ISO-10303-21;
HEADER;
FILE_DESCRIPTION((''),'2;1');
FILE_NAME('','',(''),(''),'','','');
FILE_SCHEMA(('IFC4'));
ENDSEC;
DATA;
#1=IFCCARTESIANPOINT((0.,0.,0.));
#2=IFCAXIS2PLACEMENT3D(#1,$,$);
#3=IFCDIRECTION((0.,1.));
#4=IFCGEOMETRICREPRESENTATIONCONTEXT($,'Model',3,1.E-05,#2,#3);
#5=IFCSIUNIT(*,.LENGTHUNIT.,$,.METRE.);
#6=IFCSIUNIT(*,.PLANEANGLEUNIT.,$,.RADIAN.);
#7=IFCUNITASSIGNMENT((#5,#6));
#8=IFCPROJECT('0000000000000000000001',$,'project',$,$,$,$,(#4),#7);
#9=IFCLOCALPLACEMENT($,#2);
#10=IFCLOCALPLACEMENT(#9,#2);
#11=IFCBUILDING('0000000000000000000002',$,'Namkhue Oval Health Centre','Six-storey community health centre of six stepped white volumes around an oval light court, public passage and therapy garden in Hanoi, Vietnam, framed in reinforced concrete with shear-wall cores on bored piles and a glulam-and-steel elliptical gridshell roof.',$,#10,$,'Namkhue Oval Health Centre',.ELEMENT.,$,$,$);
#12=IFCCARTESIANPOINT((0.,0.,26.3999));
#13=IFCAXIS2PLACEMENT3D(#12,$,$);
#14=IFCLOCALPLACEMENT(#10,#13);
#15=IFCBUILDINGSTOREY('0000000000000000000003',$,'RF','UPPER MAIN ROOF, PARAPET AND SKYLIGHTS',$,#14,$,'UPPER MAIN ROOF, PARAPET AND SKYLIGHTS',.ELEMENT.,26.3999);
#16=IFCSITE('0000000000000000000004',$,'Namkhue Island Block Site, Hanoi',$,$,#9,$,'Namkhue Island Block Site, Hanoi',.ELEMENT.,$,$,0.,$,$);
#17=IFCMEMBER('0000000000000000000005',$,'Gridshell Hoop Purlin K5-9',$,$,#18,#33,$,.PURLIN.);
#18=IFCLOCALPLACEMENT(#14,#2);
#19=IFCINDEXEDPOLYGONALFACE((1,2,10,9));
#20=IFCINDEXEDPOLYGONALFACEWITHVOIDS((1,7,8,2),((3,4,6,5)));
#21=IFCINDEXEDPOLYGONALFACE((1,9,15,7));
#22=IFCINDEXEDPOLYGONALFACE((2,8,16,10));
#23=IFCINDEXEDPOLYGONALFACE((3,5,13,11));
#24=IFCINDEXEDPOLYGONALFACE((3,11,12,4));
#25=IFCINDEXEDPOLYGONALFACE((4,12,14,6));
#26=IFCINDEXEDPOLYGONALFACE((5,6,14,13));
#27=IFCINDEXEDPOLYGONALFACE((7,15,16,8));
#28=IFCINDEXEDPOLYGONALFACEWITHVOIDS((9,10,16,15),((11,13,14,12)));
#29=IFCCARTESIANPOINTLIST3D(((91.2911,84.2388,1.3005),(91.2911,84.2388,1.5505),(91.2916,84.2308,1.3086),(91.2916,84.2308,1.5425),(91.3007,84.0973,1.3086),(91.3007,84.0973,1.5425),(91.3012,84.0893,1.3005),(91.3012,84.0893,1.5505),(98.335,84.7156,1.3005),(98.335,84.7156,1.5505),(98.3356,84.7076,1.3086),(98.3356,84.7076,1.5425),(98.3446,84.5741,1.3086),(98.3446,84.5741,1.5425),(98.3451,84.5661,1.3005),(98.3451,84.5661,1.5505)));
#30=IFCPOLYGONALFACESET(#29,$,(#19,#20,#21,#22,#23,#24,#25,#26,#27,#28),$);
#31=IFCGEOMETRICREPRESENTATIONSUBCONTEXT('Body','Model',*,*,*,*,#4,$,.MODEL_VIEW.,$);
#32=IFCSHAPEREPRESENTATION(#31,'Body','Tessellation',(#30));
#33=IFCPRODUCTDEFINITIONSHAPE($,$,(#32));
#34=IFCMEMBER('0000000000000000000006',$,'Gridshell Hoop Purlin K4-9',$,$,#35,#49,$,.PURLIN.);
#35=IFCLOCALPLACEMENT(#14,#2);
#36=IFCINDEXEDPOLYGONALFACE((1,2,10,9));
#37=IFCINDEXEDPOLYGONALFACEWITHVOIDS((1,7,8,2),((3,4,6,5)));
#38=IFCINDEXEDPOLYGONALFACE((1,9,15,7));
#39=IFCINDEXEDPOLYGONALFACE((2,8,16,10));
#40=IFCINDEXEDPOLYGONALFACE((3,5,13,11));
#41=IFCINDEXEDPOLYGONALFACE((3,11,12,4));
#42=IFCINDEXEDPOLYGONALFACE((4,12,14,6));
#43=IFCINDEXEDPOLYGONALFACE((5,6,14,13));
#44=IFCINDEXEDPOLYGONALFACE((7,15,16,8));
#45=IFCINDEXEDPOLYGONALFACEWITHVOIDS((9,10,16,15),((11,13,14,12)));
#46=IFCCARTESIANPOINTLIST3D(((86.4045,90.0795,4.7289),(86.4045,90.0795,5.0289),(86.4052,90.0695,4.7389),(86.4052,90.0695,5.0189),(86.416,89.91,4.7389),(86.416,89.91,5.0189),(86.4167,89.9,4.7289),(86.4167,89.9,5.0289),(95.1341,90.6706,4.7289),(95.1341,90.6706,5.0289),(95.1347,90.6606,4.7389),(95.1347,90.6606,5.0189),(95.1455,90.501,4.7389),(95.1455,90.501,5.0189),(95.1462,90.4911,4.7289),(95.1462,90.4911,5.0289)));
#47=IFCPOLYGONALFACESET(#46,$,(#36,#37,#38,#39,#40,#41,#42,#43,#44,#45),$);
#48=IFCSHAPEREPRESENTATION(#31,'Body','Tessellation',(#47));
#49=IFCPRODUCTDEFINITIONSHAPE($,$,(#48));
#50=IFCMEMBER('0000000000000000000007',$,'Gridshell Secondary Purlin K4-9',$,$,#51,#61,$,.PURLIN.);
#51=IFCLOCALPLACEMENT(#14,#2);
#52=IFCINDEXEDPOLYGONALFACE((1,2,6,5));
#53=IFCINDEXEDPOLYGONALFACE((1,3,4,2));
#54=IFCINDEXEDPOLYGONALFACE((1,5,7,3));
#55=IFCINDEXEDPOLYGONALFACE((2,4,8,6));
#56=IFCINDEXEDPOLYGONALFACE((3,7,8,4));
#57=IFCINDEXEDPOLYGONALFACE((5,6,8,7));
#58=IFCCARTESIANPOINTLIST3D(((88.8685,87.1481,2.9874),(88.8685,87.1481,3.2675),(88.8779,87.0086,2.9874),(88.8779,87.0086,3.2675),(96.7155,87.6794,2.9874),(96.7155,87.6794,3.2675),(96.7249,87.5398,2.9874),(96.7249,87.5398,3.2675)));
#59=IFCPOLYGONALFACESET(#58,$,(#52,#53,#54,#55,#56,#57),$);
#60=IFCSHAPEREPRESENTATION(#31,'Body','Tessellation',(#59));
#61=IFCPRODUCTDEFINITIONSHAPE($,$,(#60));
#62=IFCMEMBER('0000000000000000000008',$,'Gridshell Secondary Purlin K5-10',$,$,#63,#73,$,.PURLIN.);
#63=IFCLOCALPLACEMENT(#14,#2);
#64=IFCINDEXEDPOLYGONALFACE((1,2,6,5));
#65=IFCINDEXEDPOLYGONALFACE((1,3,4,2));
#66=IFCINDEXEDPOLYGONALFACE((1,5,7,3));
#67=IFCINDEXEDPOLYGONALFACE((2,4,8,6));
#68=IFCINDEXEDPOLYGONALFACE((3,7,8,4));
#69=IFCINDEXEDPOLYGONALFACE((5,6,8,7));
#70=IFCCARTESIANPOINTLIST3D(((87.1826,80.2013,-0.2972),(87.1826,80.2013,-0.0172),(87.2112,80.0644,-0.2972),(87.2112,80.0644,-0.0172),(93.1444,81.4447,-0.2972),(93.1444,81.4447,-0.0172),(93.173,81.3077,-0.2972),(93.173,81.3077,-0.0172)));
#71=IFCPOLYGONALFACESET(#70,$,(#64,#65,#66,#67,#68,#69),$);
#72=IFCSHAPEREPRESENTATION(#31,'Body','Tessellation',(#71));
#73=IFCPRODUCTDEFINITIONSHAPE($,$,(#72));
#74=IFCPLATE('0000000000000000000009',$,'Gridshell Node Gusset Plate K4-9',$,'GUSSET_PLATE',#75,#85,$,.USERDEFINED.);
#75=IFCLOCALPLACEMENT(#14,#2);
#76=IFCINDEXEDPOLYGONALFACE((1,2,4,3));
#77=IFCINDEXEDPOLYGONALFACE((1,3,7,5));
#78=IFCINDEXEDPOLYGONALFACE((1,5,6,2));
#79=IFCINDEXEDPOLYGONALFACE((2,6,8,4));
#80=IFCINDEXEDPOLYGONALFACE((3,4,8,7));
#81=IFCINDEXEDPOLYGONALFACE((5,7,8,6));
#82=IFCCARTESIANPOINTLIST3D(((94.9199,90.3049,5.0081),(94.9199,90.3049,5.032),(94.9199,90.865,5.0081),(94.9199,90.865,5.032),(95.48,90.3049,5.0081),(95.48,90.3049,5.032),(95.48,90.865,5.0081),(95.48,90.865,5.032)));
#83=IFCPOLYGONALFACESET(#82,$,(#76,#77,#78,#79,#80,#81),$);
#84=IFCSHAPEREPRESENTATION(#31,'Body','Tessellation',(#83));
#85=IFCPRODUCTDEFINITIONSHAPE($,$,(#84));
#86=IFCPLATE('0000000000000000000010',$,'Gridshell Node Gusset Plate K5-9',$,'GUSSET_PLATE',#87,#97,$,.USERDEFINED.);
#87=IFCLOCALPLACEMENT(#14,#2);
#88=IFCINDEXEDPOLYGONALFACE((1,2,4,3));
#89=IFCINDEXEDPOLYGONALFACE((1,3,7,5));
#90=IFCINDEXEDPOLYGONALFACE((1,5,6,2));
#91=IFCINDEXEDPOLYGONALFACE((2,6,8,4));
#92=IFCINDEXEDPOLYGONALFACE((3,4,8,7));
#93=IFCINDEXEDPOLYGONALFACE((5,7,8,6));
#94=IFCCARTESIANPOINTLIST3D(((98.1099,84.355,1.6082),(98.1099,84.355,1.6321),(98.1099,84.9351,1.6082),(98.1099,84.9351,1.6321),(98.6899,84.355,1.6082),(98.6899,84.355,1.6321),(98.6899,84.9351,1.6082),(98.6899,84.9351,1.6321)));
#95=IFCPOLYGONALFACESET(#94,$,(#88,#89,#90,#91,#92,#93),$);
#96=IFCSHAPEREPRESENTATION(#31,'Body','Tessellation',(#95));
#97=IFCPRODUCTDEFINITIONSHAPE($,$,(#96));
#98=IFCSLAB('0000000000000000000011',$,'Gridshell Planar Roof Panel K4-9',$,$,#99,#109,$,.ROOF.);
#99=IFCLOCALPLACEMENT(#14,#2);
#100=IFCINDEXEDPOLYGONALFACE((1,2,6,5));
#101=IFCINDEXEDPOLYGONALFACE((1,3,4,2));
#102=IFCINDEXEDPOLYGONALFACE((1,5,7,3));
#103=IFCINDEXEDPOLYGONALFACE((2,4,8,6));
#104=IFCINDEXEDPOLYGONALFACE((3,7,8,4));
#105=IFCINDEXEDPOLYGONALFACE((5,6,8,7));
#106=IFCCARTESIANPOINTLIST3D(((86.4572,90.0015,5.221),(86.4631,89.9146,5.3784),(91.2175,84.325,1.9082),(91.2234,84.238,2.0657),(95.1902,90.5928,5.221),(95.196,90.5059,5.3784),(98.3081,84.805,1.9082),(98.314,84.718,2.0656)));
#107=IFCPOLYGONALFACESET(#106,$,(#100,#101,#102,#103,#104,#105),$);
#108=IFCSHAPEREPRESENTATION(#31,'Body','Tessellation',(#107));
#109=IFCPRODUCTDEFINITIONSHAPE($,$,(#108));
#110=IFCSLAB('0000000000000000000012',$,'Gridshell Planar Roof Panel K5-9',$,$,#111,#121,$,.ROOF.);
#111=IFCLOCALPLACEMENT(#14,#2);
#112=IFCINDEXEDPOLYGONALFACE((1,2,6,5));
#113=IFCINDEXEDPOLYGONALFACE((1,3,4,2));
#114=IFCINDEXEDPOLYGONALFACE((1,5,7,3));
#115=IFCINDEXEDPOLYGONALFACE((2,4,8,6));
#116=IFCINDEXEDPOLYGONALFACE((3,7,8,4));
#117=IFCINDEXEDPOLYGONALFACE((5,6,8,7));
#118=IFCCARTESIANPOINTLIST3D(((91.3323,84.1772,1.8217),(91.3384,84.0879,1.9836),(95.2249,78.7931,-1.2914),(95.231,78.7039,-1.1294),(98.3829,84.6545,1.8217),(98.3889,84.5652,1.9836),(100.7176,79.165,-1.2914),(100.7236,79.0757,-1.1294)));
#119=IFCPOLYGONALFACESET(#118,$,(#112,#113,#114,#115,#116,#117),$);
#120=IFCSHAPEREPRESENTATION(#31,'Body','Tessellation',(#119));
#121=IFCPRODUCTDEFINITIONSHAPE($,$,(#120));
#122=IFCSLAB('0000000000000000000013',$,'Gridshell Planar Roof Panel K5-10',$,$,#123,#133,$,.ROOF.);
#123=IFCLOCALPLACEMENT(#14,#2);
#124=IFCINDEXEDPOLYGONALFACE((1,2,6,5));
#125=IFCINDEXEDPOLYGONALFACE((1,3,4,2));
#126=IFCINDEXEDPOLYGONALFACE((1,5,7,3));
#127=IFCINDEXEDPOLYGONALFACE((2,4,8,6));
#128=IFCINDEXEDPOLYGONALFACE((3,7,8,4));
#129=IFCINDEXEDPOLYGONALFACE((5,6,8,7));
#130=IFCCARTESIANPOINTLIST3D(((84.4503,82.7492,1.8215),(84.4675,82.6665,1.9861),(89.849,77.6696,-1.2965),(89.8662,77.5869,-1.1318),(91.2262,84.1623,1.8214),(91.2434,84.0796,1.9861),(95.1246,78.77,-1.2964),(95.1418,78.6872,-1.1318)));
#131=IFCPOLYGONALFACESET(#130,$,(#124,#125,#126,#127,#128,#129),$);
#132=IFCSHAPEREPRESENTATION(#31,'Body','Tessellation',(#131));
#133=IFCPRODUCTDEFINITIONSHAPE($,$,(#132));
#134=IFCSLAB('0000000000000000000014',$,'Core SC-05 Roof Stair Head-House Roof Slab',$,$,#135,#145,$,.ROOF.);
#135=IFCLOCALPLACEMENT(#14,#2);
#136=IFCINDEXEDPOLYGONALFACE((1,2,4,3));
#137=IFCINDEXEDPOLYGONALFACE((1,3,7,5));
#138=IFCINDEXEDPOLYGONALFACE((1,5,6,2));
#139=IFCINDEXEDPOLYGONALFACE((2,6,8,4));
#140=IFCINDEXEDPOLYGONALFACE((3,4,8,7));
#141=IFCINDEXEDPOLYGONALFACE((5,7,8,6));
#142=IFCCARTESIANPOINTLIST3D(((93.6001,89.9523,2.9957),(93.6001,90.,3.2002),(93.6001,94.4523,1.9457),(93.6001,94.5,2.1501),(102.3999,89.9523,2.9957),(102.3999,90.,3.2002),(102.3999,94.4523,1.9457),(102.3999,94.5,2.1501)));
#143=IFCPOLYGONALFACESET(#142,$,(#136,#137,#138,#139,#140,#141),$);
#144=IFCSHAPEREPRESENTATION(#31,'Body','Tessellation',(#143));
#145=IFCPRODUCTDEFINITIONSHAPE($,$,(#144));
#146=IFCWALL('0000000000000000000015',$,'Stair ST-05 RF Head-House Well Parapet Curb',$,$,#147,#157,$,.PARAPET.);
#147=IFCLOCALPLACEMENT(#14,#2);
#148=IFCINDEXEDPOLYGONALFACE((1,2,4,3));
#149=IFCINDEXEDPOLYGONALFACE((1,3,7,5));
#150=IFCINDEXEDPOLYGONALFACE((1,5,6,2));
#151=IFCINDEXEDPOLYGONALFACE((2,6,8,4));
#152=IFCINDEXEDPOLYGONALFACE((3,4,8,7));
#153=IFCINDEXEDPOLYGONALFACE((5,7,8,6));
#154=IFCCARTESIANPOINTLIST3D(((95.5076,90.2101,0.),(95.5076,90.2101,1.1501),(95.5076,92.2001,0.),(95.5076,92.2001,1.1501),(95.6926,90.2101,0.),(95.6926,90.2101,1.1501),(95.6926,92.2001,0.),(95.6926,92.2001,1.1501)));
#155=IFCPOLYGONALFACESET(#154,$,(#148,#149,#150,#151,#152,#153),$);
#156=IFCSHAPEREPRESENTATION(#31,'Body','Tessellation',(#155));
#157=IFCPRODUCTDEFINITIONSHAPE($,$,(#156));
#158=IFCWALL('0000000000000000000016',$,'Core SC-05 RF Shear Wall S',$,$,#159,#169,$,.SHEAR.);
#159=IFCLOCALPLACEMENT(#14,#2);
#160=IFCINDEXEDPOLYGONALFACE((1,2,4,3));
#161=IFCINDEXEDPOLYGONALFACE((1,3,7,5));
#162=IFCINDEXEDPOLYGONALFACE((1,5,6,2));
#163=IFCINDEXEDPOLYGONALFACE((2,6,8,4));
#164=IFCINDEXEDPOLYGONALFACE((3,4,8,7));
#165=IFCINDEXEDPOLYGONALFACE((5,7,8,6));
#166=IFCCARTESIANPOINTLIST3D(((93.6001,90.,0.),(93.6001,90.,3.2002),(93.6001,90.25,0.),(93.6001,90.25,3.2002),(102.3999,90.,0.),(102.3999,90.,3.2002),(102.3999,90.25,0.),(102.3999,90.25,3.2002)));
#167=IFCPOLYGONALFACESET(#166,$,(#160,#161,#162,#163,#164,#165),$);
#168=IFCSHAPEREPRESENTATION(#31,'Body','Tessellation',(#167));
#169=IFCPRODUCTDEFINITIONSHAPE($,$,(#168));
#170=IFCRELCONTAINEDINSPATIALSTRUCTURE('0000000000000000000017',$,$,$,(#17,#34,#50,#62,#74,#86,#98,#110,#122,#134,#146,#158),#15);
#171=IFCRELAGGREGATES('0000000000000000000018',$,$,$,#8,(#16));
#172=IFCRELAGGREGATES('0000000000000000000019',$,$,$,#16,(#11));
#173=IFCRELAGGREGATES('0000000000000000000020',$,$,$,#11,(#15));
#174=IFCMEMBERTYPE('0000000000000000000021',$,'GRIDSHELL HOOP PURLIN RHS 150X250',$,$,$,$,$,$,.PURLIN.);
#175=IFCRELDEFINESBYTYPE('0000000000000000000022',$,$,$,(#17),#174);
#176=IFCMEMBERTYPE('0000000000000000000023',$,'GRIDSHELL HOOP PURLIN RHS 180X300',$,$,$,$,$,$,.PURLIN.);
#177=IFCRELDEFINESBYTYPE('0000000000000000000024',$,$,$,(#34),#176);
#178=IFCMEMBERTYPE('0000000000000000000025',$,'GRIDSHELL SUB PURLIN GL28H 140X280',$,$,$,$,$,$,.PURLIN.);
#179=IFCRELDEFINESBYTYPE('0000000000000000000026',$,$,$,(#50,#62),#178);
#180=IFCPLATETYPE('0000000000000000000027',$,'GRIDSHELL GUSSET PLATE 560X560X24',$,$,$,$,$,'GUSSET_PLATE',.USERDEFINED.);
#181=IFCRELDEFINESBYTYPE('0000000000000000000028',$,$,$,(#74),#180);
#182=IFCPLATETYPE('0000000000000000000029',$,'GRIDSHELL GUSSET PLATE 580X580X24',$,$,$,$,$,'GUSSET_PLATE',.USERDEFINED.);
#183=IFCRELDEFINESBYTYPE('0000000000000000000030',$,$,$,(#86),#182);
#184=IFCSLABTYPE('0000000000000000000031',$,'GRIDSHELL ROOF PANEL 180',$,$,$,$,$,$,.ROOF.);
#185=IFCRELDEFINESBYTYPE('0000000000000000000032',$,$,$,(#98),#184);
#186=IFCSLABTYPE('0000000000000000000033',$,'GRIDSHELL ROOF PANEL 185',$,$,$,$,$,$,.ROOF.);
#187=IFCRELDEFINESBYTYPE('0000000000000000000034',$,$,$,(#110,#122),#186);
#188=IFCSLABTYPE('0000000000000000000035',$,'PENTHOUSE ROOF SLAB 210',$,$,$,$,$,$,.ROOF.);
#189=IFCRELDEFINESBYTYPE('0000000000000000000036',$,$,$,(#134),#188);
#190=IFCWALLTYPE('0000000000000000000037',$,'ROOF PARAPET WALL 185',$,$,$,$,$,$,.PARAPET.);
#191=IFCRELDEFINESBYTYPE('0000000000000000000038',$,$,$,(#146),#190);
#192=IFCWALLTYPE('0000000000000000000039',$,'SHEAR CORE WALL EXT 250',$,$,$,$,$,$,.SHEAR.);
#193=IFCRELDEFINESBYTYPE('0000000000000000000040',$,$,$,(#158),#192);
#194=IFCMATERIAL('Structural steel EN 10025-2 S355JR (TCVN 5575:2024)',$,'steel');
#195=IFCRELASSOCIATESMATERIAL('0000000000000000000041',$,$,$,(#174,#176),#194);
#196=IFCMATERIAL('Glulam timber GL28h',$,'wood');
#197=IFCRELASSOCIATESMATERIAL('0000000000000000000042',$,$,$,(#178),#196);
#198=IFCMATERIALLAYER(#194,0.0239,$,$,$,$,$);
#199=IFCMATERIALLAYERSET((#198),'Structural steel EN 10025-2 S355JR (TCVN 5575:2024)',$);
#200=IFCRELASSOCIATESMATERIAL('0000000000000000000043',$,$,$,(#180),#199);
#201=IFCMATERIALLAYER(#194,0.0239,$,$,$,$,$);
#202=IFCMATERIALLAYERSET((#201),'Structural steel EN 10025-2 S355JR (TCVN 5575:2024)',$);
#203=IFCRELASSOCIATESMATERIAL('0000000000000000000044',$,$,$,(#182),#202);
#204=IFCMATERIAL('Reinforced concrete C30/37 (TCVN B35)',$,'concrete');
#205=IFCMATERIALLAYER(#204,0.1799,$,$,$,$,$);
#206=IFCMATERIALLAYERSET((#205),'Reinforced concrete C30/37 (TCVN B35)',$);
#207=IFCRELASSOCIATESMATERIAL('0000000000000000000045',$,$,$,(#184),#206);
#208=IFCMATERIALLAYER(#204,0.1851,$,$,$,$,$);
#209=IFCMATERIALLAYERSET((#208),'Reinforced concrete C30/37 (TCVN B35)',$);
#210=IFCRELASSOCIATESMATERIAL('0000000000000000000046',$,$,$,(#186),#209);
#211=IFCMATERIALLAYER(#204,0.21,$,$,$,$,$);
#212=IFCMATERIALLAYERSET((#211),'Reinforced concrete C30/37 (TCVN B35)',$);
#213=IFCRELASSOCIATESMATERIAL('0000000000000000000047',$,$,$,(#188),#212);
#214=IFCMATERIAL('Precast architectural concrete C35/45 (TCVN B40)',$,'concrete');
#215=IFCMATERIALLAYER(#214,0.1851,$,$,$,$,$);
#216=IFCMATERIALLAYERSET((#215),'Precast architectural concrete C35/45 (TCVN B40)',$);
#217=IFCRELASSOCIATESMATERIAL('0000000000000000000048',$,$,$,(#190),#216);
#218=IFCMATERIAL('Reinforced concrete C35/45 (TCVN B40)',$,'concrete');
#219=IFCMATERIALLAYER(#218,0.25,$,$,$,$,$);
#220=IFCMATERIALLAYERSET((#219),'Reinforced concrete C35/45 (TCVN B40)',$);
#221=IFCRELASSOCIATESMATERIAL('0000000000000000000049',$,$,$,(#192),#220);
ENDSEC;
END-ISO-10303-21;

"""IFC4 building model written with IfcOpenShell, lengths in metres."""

from ifc_helpers import new_model, si_unit, direction, frame, frame_2d, origin, origin_2d, place, context, subcontext, project, spatial, polyline, rectangle, hollow_rectangle, outline, extrude, material, layer, layer_set, material_profile, profile_set, type_object, element, save


model = new_model("IFC4")

# Units and contexts
model_context = context("Model", 3, precision=1e-05, world=origin(), true_north=direction((0.0, 1.0)))
body_context = subcontext(model_context, "Body", "Model", "MODEL_VIEW")
ifc_project = project(units=[si_unit("LENGTHUNIT", "METRE"), si_unit("PLANEANGLEUNIT", "RADIAN")], contexts=[model_context])

# Site, building, storey
site_placement = place(None, origin())
site = spatial("IfcSite", under=ifc_project, at=site_placement, Name="Namkhue Island Block Site, Hanoi", LongName="Namkhue Island Block Site, Hanoi", CompositionType="ELEMENT", RefElevation=0.0)
building_placement = place(site_placement, origin())
building = spatial("IfcBuilding", under=site, at=building_placement, Name="Namkhue Oval Health Centre", Description="Six-storey community health centre of six stepped white volumes around an oval light court, public passage and therapy garden in Hanoi, Vietnam, framed in reinforced concrete with shear-wall cores on bored piles and a glulam-and-steel elliptical gridshell roof.", LongName="Namkhue Oval Health Centre", CompositionType="ELEMENT")
storey_placement = place(building_placement, frame((0.0, 0.0, 26.3999)))
storey = spatial("IfcBuildingStorey", under=building, at=storey_placement, Name="RF", Description="UPPER MAIN ROOF, PARAPET AND SKYLIGHTS", LongName="UPPER MAIN ROOF, PARAPET AND SKYLIGHTS", CompositionType="ELEMENT", Elevation=26.3999)

# Members
ifc_material_1 = material(Name="Structural steel EN 10025-2 S355JR (TCVN 5575:2024)", Category="steel")
ifc_material_2 = material(Name="Glulam timber GL28h", Category="wood")
ifc_material_profile_1 = material_profile(ifc_material_1, hollow_rectangle(XDim=0.1499, YDim=0.25, WallThickness=0.0081, at=origin_2d()), Name="RHS 150x250x8")
ifc_profile_set_1 = profile_set([ifc_material_profile_1], Name="Structural steel EN 10025-2 S355JR (TCVN 5575:2024)")
member_type_1 = type_object("IfcMemberType", Name="GRIDSHELL HOOP PURLIN RHS 150X250", PredefinedType="PURLIN", material=ifc_profile_set_1)
member_1_placement = place(storey_placement, frame((98.3401, 84.6409, 1.4255), z_axis=(-0.997717, -0.067536, 0.0), x_axis=(0.067536, -0.997717, 0.0)))
element("IfcMember", 1, at=member_1_placement, inside=storey, type_object=member_type_1, Name="Gridshell Hoop Purlin K5-9", PredefinedType="PURLIN", context=body_context, shape_type="SweptSolid", body=[
    extrude(hollow_rectangle(XDim=0.1499, YDim=0.25, WallThickness=0.0081, at=origin_2d()), origin(), (0.0, 0.0, 1.0), 7.0601),
])
ifc_material_profile_2 = material_profile(ifc_material_1, hollow_rectangle(XDim=0.1799, YDim=0.3, WallThickness=0.01, at=origin_2d()), Name="RHS 180x300x10")
ifc_profile_set_2 = profile_set([ifc_material_profile_2], Name="Structural steel EN 10025-2 S355JR (TCVN 5575:2024)")
member_type_2 = type_object("IfcMemberType", Name="GRIDSHELL HOOP PURLIN RHS 180X300", PredefinedType="PURLIN", material=ifc_profile_set_2)
member_2_placement = place(storey_placement, frame((95.1401, 90.5808, 4.8789), z_axis=(-0.997716, -0.067554, 0.0), x_axis=(0.067554, -0.997716, 0.0)))
element("IfcMember", 2, at=member_2_placement, inside=storey, type_object=member_type_2, Name="Gridshell Hoop Purlin K4-9", PredefinedType="PURLIN", context=body_context, shape_type="SweptSolid", body=[
    extrude(hollow_rectangle(XDim=0.1799, YDim=0.3, WallThickness=0.01, at=origin_2d()), origin(), (0.0, 0.0, 1.0), 8.7495),
])
ifc_material_profile_3 = material_profile(ifc_material_2, rectangle(XDim=0.1399, YDim=0.28, at=origin_2d()), Name="GL28h 140x280")
ifc_profile_set_3 = profile_set([ifc_material_profile_3], Name="Glulam timber GL28h")
member_type_3 = type_object("IfcMemberType", Name="GRIDSHELL SUB PURLIN GL28H 140X280", PredefinedType="PURLIN", material=ifc_profile_set_3)
member_3_placement = place(storey_placement, frame((96.7202, 87.6096, 3.1274), z_axis=(-0.997716, -0.067547, 0.0), x_axis=(0.067547, -0.997716, 0.0)))
element("IfcMember", 3, at=member_3_placement, inside=storey, type_object=member_type_3, Name="Gridshell Secondary Purlin K4-9", PredefinedType="PURLIN", context=body_context, shape_type="SweptSolid", body=[
    extrude(rectangle(XDim=0.1399, YDim=0.28, at=origin_2d()), origin(), (0.0, 0.0, 1.0), 7.865),
])
member_4_placement = place(storey_placement, frame((93.1587, 81.3762, -0.1572), z_axis=(-0.978936, -0.204166, 0.0), x_axis=(0.204166, -0.978936, 0.0)))
element("IfcMember", 4, at=member_4_placement, inside=storey, type_object=member_type_3, Name="Gridshell Secondary Purlin K5-10", PredefinedType="PURLIN", context=body_context, shape_type="SweptSolid", body=[
    extrude(rectangle(XDim=0.1399, YDim=0.28, at=origin_2d()), origin(), (0.0, 0.0, 1.0), 6.0901),
])

# Plates
ifc_layer_1 = layer(ifc_material_1, 0.0239)
ifc_layer_set_1 = layer_set([ifc_layer_1], Name="Structural steel EN 10025-2 S355JR (TCVN 5575:2024)")
plate_type_1 = type_object("IfcPlateType", Name="GRIDSHELL GUSSET PLATE 560X560X24", ElementType="GUSSET_PLATE", PredefinedType="USERDEFINED", material=ifc_layer_set_1)
plate_1_placement = place(storey_placement, frame((95.2, 90.585, 5.0081), z_axis=(0.0, 0.0, 1.0), x_axis=(0.0, 1.0, 0.0)))
element("IfcPlate", 5, at=plate_1_placement, inside=storey, type_object=plate_type_1, Name="Gridshell Node Gusset Plate K4-9", ObjectType="GUSSET_PLATE", PredefinedType="USERDEFINED", context=body_context, shape_type="SweptSolid", body=[
    extrude(rectangle(XDim=0.5601, YDim=0.5601, at=origin_2d()), origin(), (0.0, 0.0, 1.0), 0.0239),
])
ifc_layer_2 = layer(ifc_material_1, 0.0239)
ifc_layer_set_2 = layer_set([ifc_layer_2], Name="Structural steel EN 10025-2 S355JR (TCVN 5575:2024)")
plate_type_2 = type_object("IfcPlateType", Name="GRIDSHELL GUSSET PLATE 580X580X24", ElementType="GUSSET_PLATE", PredefinedType="USERDEFINED", material=ifc_layer_set_2)
plate_2_placement = place(storey_placement, frame((98.3999, 84.645, 1.6082), z_axis=(0.0, 0.0, 1.0), x_axis=(0.0, 1.0, 0.0)))
element("IfcPlate", 6, at=plate_2_placement, inside=storey, type_object=plate_type_2, Name="Gridshell Node Gusset Plate K5-9", ObjectType="GUSSET_PLATE", PredefinedType="USERDEFINED", context=body_context, shape_type="SweptSolid", body=[
    extrude(rectangle(XDim=0.5801, YDim=0.5801, at=origin_2d()), origin(), (0.0, 0.0, 1.0), 0.0239),
])

# Slabs
ifc_material_3 = material(Name="Reinforced concrete C30/37 (TCVN B35)", Category="concrete")
ifc_layer_3 = layer(ifc_material_3, 0.1799)
ifc_layer_set_3 = layer_set([ifc_layer_3], Name="Reinforced concrete C30/37 (TCVN B35)")
slab_type_1 = type_object("IfcSlabType", Name="GRIDSHELL ROOF PANEL 180", PredefinedType="ROOF", material=ifc_layer_set_3)
slab_1_placement = place(storey_placement, frame((95.196, 90.5059, 5.3784), z_axis=(0.032711, -0.483157, 0.874922), x_axis=(-0.997716, -0.067554, -0.000003)))
element("IfcSlab", 7, at=slab_1_placement, inside=storey, type_object=slab_type_1, Name="Gridshell Planar Roof Panel K4-9", PredefinedType="ROOF", context=body_context, shape_type="SweptSolid", body=[
    extrude(outline(polyline([(0.0, 0.0), (8.7529, 0.0), (4.387, 6.8408), (-2.7198, 6.8409), (0.0, 0.0)])), origin(), (0.0, 0.0, -1.0), 0.1799),
])
ifc_layer_4 = layer(ifc_material_3, 0.1851)
ifc_layer_set_4 = layer_set([ifc_layer_4], Name="Reinforced concrete C30/37 (TCVN B35)")
slab_type_2 = type_object("IfcSlabType", Name="GRIDSHELL ROOF PANEL 185", PredefinedType="ROOF", material=ifc_layer_set_4)
slab_2_placement = place(storey_placement, frame((98.3889, 84.5652, 1.9836), z_axis=(0.032662, -0.482481, 0.875297), x_axis=(-0.997716, -0.067542, 0.0)))
element("IfcSlab", 8, at=slab_2_placement, inside=storey, type_object=slab_type_2, Name="Gridshell Planar Roof Panel K5-9", PredefinedType="ROOF", context=body_context, shape_type="SweptSolid", body=[
    extrude(outline(polyline([(0.0, 0.0), (7.0667, 0.0), (3.5466, 6.4374), (-1.9586, 6.4374), (0.0, 0.0)])), origin(), (0.0, 0.0, -1.0), 0.1851),
])
slab_3_placement = place(storey_placement, frame((91.2434, 84.0796, 1.9861), z_axis=(0.093227, -0.447008, 0.889659), x_axis=(-0.978938, -0.204156, 0.000004)))
element("IfcSlab", 9, at=slab_3_placement, inside=storey, type_object=slab_type_2, Name="Gridshell Planar Roof Panel K5-10", PredefinedType="ROOF", context=body_context, shape_type="SweptSolid", body=[
    extrude(outline(polyline([(0.0, 0.0), (6.9217, 0.0), (2.6737, 6.8282), (-2.7155, 6.8281), (0.0, 0.0)])), origin(), (0.0, 0.0, -1.0), 0.1851),
])
ifc_layer_5 = layer(ifc_material_3, 0.21)
ifc_layer_set_5 = layer_set([ifc_layer_5], Name="Reinforced concrete C30/37 (TCVN B35)")
slab_type_3 = type_object("IfcSlabType", Name="PENTHOUSE ROOF SLAB 210", PredefinedType="ROOF", material=ifc_layer_set_5)
slab_4_placement = place(storey_placement, frame((93.6001, 90.0, 3.2002), z_axis=(0.0, 0.22724, 0.973839), x_axis=(1.0, 0.0, 0.0)))
element("IfcSlab", 10, at=slab_4_placement, inside=storey, type_object=slab_type_3, Name="Core SC-05 Roof Stair Head-House Roof Slab", PredefinedType="ROOF", context=body_context, shape_type="SweptSolid", body=[
    extrude(outline(polyline([(0.0, 0.0), (8.7998, 0.0), (8.7998, 4.6209), (0.0, 4.6209), (0.0, 0.0)])), origin(), (0.0, 0.0, -1.0), 0.21),
])

# Walls
ifc_material_4 = material(Name="Precast architectural concrete C35/45 (TCVN B40)", Category="concrete")
ifc_layer_6 = layer(ifc_material_4, 0.1851)
ifc_layer_set_6 = layer_set([ifc_layer_6], Name="Precast architectural concrete C35/45 (TCVN B40)")
wall_type_1 = type_object("IfcWallType", Name="ROOF PARAPET WALL 185", PredefinedType="PARAPET", material=ifc_layer_set_6)
wall_1_placement = place(storey_placement, frame((95.6001, 90.21, 0.0), z_axis=(0.0, 0.0, 1.0), x_axis=(0.0, 1.0, 0.0)))
element("IfcWall", 11, at=wall_1_placement, inside=storey, type_object=wall_type_1, Name="Stair ST-05 RF Head-House Well Parapet Curb", PredefinedType="PARAPET", context=body_context, shape_type="SweptSolid", body=[
    extrude(rectangle(XDim=1.99, YDim=0.1851, at=frame_2d((0.9951, 0.0))), origin(), (0.0, 0.0, 1.0), 1.1501),
])
ifc_material_5 = material(Name="Reinforced concrete C35/45 (TCVN B40)", Category="concrete")
ifc_layer_7 = layer(ifc_material_5, 0.25)
ifc_layer_set_7 = layer_set([ifc_layer_7], Name="Reinforced concrete C35/45 (TCVN B40)")
wall_type_2 = type_object("IfcWallType", Name="SHEAR CORE WALL EXT 250", PredefinedType="SHEAR", material=ifc_layer_set_7)
wall_2_placement = place(storey_placement, frame((93.6001, 90.125, 0.0), z_axis=(0.0, 0.0, 1.0), x_axis=(1.0, 0.0, 0.0)))
element("IfcWall", 12, at=wall_2_placement, inside=storey, type_object=wall_type_2, Name="Core SC-05 RF Shear Wall S", PredefinedType="SHEAR", context=body_context, shape_type="SweptSolid", body=[
    extrude(rectangle(XDim=8.7998, YDim=0.25, at=frame_2d((4.3999, 0.0))), origin(), (0.0, 0.0, 1.0), 3.2002),
])

save(model, "model.ifc")
